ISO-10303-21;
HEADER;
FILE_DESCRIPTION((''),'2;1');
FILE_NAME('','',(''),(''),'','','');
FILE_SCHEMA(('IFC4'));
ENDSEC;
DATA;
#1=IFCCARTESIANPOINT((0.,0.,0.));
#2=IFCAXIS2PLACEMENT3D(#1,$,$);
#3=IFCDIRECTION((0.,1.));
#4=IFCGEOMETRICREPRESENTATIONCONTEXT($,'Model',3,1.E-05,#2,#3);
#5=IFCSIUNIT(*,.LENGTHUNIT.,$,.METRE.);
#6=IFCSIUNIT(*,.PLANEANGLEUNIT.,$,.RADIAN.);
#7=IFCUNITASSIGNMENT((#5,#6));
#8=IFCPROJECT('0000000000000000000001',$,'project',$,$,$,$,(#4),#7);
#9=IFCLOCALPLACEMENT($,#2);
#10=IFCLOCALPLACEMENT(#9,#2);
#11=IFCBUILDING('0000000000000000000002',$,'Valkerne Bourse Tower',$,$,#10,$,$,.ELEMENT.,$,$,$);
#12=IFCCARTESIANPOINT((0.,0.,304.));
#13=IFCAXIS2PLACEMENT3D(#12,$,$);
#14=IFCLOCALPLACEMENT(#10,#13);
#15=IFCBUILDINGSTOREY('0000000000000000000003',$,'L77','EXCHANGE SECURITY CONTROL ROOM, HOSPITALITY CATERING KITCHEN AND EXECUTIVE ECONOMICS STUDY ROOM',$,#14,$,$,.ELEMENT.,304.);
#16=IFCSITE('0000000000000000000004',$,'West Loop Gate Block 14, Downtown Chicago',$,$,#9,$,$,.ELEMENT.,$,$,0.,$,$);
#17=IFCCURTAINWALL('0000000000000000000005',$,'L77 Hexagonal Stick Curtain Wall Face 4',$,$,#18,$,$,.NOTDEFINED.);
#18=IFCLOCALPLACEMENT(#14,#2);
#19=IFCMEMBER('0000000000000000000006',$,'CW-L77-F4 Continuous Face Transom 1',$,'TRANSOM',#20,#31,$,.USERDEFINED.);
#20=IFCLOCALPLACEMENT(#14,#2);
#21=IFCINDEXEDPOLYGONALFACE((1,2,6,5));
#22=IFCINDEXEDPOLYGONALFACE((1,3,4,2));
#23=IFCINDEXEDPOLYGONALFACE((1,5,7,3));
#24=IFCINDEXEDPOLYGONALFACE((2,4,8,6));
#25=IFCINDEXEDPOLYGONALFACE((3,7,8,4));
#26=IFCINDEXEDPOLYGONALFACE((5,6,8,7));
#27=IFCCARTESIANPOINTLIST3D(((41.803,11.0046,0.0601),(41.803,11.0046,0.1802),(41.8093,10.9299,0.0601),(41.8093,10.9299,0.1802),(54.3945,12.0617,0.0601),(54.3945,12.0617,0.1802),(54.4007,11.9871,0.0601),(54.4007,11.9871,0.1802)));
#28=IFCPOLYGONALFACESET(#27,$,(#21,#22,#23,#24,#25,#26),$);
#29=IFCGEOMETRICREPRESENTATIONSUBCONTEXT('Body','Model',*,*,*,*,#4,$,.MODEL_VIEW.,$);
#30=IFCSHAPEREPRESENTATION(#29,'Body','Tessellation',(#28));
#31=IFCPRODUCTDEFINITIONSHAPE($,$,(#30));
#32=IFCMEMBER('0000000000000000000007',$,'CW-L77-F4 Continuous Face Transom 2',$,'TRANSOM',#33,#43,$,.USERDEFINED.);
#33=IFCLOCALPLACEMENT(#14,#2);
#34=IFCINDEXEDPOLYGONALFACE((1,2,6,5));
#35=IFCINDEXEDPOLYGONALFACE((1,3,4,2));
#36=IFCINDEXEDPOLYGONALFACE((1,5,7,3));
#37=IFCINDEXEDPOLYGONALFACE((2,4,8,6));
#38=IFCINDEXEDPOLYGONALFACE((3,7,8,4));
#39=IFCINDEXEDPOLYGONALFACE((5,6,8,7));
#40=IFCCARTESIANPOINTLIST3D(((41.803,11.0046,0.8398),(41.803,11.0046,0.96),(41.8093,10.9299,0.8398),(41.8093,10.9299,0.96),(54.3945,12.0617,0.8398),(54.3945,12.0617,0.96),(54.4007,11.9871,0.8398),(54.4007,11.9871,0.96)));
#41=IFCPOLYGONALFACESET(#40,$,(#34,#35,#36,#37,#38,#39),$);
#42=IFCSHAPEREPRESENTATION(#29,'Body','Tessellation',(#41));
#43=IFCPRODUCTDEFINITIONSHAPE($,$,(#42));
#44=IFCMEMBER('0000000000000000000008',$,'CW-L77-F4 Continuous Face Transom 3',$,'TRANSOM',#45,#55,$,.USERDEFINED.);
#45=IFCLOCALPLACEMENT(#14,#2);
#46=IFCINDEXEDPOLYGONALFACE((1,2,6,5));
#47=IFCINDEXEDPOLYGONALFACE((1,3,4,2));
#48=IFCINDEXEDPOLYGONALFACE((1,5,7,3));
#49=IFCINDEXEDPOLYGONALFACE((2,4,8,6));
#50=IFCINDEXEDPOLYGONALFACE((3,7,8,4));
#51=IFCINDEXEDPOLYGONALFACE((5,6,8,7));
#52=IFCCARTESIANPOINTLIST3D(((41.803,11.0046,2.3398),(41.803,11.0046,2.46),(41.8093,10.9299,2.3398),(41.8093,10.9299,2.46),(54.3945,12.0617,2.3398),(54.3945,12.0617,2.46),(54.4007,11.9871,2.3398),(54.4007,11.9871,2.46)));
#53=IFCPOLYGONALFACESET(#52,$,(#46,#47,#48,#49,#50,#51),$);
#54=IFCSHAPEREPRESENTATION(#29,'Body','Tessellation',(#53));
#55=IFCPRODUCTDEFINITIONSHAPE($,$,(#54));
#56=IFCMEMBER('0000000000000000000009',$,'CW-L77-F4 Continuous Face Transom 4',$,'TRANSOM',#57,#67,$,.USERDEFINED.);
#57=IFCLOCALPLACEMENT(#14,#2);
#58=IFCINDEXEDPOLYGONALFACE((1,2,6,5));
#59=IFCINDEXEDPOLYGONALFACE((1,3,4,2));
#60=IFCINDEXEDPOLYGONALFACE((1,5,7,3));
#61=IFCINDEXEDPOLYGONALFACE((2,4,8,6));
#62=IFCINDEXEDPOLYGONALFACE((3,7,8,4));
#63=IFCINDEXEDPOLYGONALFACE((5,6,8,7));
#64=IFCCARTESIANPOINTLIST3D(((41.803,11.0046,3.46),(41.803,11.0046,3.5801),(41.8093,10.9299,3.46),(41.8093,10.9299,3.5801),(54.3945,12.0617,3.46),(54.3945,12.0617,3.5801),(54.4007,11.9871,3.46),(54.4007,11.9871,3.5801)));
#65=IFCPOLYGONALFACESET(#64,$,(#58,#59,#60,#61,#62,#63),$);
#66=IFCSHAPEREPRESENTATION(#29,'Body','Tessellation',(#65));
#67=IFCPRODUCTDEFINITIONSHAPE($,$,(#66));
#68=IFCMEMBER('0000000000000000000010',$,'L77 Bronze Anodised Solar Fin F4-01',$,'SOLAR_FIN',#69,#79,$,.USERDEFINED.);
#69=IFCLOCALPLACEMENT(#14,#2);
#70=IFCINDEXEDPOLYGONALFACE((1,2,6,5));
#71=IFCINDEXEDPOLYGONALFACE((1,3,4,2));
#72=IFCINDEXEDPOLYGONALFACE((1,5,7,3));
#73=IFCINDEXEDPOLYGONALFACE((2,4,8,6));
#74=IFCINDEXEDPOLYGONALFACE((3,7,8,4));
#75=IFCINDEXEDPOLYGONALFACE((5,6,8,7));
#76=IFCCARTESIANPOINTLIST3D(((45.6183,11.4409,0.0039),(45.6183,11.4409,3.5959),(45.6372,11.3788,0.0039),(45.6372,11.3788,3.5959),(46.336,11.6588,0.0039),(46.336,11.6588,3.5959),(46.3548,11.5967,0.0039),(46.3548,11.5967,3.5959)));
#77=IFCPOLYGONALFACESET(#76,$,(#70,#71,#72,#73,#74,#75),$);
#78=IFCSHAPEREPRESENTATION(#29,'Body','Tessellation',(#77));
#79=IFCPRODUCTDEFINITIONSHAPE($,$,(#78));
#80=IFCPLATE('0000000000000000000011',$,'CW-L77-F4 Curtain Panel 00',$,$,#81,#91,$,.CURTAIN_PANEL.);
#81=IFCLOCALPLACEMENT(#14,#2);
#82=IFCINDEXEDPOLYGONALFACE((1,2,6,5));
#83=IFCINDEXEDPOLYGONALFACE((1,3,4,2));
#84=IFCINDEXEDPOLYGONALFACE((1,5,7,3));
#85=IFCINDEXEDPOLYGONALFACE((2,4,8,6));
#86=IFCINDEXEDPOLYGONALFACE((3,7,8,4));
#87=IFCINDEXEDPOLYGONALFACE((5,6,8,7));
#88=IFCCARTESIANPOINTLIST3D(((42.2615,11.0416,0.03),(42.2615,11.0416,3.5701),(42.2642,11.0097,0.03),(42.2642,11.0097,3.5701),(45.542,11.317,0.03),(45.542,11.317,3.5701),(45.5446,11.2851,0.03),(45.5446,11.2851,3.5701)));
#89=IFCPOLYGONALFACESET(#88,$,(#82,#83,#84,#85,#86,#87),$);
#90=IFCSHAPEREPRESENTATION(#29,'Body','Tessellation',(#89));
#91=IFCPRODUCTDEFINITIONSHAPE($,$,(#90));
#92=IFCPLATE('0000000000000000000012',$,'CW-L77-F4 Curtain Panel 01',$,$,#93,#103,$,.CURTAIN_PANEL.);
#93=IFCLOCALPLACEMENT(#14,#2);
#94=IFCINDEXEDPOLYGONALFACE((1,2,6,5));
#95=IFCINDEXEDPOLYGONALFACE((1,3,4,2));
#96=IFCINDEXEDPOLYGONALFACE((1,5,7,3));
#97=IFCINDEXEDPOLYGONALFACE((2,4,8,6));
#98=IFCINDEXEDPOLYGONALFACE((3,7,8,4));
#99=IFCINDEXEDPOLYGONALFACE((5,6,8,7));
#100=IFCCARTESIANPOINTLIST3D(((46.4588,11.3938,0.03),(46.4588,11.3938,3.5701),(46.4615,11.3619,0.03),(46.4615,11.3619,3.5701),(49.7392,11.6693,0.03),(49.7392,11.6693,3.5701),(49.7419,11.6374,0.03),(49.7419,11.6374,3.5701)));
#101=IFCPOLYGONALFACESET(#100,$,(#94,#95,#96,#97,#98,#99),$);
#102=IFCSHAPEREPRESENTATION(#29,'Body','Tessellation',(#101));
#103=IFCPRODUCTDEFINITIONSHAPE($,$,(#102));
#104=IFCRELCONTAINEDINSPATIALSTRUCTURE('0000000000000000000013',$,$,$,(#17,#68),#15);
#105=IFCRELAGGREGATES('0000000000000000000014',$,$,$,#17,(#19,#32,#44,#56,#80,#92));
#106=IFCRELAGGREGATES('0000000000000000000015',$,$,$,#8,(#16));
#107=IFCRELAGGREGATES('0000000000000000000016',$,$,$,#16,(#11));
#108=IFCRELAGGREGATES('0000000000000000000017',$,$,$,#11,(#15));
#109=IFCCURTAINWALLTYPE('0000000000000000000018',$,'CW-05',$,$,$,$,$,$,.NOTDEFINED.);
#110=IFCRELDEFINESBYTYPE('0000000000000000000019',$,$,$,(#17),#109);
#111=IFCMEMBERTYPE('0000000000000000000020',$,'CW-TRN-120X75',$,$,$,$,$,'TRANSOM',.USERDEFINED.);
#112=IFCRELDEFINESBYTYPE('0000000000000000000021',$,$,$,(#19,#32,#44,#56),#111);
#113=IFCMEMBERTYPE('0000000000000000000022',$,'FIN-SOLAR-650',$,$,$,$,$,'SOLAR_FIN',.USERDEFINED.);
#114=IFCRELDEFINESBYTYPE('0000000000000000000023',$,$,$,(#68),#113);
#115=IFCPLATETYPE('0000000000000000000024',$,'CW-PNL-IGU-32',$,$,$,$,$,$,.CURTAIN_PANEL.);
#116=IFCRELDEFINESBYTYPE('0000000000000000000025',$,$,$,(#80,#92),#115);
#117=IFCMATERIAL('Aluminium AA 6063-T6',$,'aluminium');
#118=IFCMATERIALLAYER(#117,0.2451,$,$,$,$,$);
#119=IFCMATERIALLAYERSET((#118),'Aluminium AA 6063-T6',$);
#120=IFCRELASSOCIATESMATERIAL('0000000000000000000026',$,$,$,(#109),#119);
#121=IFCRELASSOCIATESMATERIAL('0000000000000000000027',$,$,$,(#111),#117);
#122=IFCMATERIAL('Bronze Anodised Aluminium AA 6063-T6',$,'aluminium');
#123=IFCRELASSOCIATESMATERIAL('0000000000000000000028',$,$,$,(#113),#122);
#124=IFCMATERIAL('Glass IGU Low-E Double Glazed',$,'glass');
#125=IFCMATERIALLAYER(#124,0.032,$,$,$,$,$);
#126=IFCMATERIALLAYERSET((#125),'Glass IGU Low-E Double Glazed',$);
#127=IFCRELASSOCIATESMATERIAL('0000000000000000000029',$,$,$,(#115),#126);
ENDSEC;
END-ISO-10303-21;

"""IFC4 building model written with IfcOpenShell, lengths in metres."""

from ifc_helpers import new_model, si_unit, direction, frame, origin, origin_2d, place, context, subcontext, project, spatial, rectangle, extrude, material, layer, layer_set, material_profile, profile_set, type_object, element, aggregate, save


model = new_model("IFC4")

# Units and contexts
model_context = context("Model", 3, precision=1e-05, world=origin(), true_north=direction((0.0, 1.0)))
body_context = subcontext(model_context, "Body", "Model", "MODEL_VIEW")
ifc_project = project(units=[si_unit("LENGTHUNIT", "METRE"), si_unit("PLANEANGLEUNIT", "RADIAN")], contexts=[model_context])

# Site, building, storey
site_placement = place(None, origin())
site = spatial("IfcSite", under=ifc_project, at=site_placement, Name="West Loop Gate Block 14, Downtown Chicago", CompositionType="ELEMENT", RefElevation=0.0)
building_placement = place(site_placement, origin())
building = spatial("IfcBuilding", under=site, at=building_placement, Name="Valkerne Bourse Tower", CompositionType="ELEMENT")
storey_placement = place(building_placement, frame((0.0, 0.0, 304.0)))
storey = spatial("IfcBuildingStorey", under=building, at=storey_placement, Name="L77", Description="EXCHANGE SECURITY CONTROL ROOM, HOSPITALITY CATERING KITCHEN AND EXECUTIVE ECONOMICS STUDY ROOM", CompositionType="ELEMENT", Elevation=304.0)

# Curtain wall, members
ifc_material_1 = material(Name="Aluminium AA 6063-T6", Category="aluminium")
ifc_layer_1 = layer(ifc_material_1, 0.2451)
ifc_layer_set_1 = layer_set([ifc_layer_1], Name="Aluminium AA 6063-T6")
curtain_wall_type = type_object("IfcCurtainWallType", Name="CW-05", PredefinedType="NOTDEFINED", material=ifc_layer_set_1)
curtain_wall_placement = place(storey_placement, origin())
curtain_wall = element("IfcCurtainWall", 1, at=curtain_wall_placement, inside=storey, type_object=curtain_wall_type, Name="L77 Hexagonal Stick Curtain Wall Face 4", PredefinedType="NOTDEFINED")
ifc_material_profile_1 = material_profile(ifc_material_1, rectangle(XDim=0.075, YDim=0.1201, at=origin_2d()), Name="CWT-75X120")
ifc_profile_set_1 = profile_set([ifc_material_profile_1], Name="Aluminium AA 6063-T6")
member_type_1 = type_object("IfcMemberType", Name="CW-TRN-120X75", ElementType="TRANSOM", PredefinedType="USERDEFINED", material=ifc_profile_set_1)
member_1_placement = place(storey_placement, frame((41.8062, 10.9673, 0.1201), z_axis=(0.996494, 0.083661, 0.0), x_axis=(-0.083661, 0.996494, 0.0)))
member_1 = element("IfcMember", 2, at=member_1_placement, type_object=member_type_1, Name="CW-L77-F4 Continuous Face Transom 1", ObjectType="TRANSOM", PredefinedType="USERDEFINED", context=body_context, shape_type="SweptSolid", body=[
    extrude(rectangle(XDim=0.075, YDim=0.1201, at=origin_2d()), origin(), (0.0, 0.0, 1.0), 12.6357),
])
member_2_placement = place(storey_placement, frame((41.8062, 10.9673, 0.8999), z_axis=(0.996494, 0.083661, 0.0), x_axis=(-0.083661, 0.996494, 0.0)))
member_2 = element("IfcMember", 3, at=member_2_placement, type_object=member_type_1, Name="CW-L77-F4 Continuous Face Transom 2", ObjectType="TRANSOM", PredefinedType="USERDEFINED", context=body_context, shape_type="SweptSolid", body=[
    extrude(rectangle(XDim=0.075, YDim=0.1201, at=origin_2d()), origin(), (0.0, 0.0, 1.0), 12.6357),
])
member_3_placement = place(storey_placement, frame((41.8062, 10.9673, 2.3999), z_axis=(0.996494, 0.083661, 0.0), x_axis=(-0.083661, 0.996494, 0.0)))
member_3 = element("IfcMember", 4, at=member_3_placement, type_object=member_type_1, Name="CW-L77-F4 Continuous Face Transom 3", ObjectType="TRANSOM", PredefinedType="USERDEFINED", context=body_context, shape_type="SweptSolid", body=[
    extrude(rectangle(XDim=0.075, YDim=0.1201, at=origin_2d()), origin(), (0.0, 0.0, 1.0), 12.6357),
])
member_4_placement = place(storey_placement, frame((41.8062, 10.9673, 3.52), z_axis=(0.996494, 0.083661, 0.0), x_axis=(-0.083661, 0.996494, 0.0)))
member_4 = element("IfcMember", 5, at=member_4_placement, type_object=member_type_1, Name="CW-L77-F4 Continuous Face Transom 4", ObjectType="TRANSOM", PredefinedType="USERDEFINED", context=body_context, shape_type="SweptSolid", body=[
    extrude(rectangle(XDim=0.075, YDim=0.1201, at=origin_2d()), origin(), (0.0, 0.0, 1.0), 12.6357),
])

# Member
ifc_material_2 = material(Name="Bronze Anodised Aluminium AA 6063-T6", Category="aluminium")
ifc_material_profile_2 = material_profile(ifc_material_2, rectangle(XDim=0.0649, YDim=0.75, at=origin_2d()), Name="FIN-65X750")
ifc_profile_set_2 = profile_set([ifc_material_profile_2], Name="Bronze Anodised Aluminium AA 6063-T6")
member_type_2 = type_object("IfcMemberType", Name="FIN-SOLAR-650", ElementType="SOLAR_FIN", PredefinedType="USERDEFINED", material=ifc_profile_set_2)
member_5_placement = place(storey_placement, frame((45.9866, 11.5188, 0.0039), z_axis=(0.0, 0.0, 1.0), x_axis=(0.290504, -0.956874, 0.0)))
element("IfcMember", 6, at=member_5_placement, inside=storey, type_object=member_type_2, Name="L77 Bronze Anodised Solar Fin F4-01", ObjectType="SOLAR_FIN", PredefinedType="USERDEFINED", context=body_context, shape_type="SweptSolid", body=[
    extrude(rectangle(XDim=0.0649, YDim=0.75, at=origin_2d()), origin(), (0.0, 0.0, 1.0), 3.592),
])

# Plates
ifc_material_3 = material(Name="Glass IGU Low-E Double Glazed", Category="glass")
ifc_layer_2 = layer(ifc_material_3, 0.032)
ifc_layer_set_2 = layer_set([ifc_layer_2], Name="Glass IGU Low-E Double Glazed")
plate_type = type_object("IfcPlateType", Name="CW-PNL-IGU-32", PredefinedType="CURTAIN_PANEL", material=ifc_layer_set_2)
plate_1_placement = place(storey_placement, frame((43.9031, 11.1633, 0.03), z_axis=(0.0, 0.0, 1.0), x_axis=(0.996494, 0.083666, 0.0)))
plate_1 = element("IfcPlate", 7, at=plate_1_placement, type_object=plate_type, Name="CW-L77-F4 Curtain Panel 00", PredefinedType="CURTAIN_PANEL", context=body_context, shape_type="SweptSolid", body=[
    extrude(rectangle(XDim=3.292, YDim=0.032, at=origin_2d()), origin(), (0.0, 0.0, 1.0), 3.54),
])
plate_2_placement = place(storey_placement, frame((48.1003, 11.5156, 0.03), z_axis=(0.0, 0.0, 1.0), x_axis=(0.996492, 0.08369, 0.0)))
plate_2 = element("IfcPlate", 8, at=plate_2_placement, type_object=plate_type, Name="CW-L77-F4 Curtain Panel 01", PredefinedType="CURTAIN_PANEL", context=body_context, shape_type="SweptSolid", body=[
    extrude(rectangle(XDim=3.292, YDim=0.032, at=origin_2d()), origin(), (0.0, 0.0, 1.0), 3.54),
])
aggregate(curtain_wall, [member_1, member_2, member_3, member_4, plate_1, plate_2])

save(model, "model.ifc")
